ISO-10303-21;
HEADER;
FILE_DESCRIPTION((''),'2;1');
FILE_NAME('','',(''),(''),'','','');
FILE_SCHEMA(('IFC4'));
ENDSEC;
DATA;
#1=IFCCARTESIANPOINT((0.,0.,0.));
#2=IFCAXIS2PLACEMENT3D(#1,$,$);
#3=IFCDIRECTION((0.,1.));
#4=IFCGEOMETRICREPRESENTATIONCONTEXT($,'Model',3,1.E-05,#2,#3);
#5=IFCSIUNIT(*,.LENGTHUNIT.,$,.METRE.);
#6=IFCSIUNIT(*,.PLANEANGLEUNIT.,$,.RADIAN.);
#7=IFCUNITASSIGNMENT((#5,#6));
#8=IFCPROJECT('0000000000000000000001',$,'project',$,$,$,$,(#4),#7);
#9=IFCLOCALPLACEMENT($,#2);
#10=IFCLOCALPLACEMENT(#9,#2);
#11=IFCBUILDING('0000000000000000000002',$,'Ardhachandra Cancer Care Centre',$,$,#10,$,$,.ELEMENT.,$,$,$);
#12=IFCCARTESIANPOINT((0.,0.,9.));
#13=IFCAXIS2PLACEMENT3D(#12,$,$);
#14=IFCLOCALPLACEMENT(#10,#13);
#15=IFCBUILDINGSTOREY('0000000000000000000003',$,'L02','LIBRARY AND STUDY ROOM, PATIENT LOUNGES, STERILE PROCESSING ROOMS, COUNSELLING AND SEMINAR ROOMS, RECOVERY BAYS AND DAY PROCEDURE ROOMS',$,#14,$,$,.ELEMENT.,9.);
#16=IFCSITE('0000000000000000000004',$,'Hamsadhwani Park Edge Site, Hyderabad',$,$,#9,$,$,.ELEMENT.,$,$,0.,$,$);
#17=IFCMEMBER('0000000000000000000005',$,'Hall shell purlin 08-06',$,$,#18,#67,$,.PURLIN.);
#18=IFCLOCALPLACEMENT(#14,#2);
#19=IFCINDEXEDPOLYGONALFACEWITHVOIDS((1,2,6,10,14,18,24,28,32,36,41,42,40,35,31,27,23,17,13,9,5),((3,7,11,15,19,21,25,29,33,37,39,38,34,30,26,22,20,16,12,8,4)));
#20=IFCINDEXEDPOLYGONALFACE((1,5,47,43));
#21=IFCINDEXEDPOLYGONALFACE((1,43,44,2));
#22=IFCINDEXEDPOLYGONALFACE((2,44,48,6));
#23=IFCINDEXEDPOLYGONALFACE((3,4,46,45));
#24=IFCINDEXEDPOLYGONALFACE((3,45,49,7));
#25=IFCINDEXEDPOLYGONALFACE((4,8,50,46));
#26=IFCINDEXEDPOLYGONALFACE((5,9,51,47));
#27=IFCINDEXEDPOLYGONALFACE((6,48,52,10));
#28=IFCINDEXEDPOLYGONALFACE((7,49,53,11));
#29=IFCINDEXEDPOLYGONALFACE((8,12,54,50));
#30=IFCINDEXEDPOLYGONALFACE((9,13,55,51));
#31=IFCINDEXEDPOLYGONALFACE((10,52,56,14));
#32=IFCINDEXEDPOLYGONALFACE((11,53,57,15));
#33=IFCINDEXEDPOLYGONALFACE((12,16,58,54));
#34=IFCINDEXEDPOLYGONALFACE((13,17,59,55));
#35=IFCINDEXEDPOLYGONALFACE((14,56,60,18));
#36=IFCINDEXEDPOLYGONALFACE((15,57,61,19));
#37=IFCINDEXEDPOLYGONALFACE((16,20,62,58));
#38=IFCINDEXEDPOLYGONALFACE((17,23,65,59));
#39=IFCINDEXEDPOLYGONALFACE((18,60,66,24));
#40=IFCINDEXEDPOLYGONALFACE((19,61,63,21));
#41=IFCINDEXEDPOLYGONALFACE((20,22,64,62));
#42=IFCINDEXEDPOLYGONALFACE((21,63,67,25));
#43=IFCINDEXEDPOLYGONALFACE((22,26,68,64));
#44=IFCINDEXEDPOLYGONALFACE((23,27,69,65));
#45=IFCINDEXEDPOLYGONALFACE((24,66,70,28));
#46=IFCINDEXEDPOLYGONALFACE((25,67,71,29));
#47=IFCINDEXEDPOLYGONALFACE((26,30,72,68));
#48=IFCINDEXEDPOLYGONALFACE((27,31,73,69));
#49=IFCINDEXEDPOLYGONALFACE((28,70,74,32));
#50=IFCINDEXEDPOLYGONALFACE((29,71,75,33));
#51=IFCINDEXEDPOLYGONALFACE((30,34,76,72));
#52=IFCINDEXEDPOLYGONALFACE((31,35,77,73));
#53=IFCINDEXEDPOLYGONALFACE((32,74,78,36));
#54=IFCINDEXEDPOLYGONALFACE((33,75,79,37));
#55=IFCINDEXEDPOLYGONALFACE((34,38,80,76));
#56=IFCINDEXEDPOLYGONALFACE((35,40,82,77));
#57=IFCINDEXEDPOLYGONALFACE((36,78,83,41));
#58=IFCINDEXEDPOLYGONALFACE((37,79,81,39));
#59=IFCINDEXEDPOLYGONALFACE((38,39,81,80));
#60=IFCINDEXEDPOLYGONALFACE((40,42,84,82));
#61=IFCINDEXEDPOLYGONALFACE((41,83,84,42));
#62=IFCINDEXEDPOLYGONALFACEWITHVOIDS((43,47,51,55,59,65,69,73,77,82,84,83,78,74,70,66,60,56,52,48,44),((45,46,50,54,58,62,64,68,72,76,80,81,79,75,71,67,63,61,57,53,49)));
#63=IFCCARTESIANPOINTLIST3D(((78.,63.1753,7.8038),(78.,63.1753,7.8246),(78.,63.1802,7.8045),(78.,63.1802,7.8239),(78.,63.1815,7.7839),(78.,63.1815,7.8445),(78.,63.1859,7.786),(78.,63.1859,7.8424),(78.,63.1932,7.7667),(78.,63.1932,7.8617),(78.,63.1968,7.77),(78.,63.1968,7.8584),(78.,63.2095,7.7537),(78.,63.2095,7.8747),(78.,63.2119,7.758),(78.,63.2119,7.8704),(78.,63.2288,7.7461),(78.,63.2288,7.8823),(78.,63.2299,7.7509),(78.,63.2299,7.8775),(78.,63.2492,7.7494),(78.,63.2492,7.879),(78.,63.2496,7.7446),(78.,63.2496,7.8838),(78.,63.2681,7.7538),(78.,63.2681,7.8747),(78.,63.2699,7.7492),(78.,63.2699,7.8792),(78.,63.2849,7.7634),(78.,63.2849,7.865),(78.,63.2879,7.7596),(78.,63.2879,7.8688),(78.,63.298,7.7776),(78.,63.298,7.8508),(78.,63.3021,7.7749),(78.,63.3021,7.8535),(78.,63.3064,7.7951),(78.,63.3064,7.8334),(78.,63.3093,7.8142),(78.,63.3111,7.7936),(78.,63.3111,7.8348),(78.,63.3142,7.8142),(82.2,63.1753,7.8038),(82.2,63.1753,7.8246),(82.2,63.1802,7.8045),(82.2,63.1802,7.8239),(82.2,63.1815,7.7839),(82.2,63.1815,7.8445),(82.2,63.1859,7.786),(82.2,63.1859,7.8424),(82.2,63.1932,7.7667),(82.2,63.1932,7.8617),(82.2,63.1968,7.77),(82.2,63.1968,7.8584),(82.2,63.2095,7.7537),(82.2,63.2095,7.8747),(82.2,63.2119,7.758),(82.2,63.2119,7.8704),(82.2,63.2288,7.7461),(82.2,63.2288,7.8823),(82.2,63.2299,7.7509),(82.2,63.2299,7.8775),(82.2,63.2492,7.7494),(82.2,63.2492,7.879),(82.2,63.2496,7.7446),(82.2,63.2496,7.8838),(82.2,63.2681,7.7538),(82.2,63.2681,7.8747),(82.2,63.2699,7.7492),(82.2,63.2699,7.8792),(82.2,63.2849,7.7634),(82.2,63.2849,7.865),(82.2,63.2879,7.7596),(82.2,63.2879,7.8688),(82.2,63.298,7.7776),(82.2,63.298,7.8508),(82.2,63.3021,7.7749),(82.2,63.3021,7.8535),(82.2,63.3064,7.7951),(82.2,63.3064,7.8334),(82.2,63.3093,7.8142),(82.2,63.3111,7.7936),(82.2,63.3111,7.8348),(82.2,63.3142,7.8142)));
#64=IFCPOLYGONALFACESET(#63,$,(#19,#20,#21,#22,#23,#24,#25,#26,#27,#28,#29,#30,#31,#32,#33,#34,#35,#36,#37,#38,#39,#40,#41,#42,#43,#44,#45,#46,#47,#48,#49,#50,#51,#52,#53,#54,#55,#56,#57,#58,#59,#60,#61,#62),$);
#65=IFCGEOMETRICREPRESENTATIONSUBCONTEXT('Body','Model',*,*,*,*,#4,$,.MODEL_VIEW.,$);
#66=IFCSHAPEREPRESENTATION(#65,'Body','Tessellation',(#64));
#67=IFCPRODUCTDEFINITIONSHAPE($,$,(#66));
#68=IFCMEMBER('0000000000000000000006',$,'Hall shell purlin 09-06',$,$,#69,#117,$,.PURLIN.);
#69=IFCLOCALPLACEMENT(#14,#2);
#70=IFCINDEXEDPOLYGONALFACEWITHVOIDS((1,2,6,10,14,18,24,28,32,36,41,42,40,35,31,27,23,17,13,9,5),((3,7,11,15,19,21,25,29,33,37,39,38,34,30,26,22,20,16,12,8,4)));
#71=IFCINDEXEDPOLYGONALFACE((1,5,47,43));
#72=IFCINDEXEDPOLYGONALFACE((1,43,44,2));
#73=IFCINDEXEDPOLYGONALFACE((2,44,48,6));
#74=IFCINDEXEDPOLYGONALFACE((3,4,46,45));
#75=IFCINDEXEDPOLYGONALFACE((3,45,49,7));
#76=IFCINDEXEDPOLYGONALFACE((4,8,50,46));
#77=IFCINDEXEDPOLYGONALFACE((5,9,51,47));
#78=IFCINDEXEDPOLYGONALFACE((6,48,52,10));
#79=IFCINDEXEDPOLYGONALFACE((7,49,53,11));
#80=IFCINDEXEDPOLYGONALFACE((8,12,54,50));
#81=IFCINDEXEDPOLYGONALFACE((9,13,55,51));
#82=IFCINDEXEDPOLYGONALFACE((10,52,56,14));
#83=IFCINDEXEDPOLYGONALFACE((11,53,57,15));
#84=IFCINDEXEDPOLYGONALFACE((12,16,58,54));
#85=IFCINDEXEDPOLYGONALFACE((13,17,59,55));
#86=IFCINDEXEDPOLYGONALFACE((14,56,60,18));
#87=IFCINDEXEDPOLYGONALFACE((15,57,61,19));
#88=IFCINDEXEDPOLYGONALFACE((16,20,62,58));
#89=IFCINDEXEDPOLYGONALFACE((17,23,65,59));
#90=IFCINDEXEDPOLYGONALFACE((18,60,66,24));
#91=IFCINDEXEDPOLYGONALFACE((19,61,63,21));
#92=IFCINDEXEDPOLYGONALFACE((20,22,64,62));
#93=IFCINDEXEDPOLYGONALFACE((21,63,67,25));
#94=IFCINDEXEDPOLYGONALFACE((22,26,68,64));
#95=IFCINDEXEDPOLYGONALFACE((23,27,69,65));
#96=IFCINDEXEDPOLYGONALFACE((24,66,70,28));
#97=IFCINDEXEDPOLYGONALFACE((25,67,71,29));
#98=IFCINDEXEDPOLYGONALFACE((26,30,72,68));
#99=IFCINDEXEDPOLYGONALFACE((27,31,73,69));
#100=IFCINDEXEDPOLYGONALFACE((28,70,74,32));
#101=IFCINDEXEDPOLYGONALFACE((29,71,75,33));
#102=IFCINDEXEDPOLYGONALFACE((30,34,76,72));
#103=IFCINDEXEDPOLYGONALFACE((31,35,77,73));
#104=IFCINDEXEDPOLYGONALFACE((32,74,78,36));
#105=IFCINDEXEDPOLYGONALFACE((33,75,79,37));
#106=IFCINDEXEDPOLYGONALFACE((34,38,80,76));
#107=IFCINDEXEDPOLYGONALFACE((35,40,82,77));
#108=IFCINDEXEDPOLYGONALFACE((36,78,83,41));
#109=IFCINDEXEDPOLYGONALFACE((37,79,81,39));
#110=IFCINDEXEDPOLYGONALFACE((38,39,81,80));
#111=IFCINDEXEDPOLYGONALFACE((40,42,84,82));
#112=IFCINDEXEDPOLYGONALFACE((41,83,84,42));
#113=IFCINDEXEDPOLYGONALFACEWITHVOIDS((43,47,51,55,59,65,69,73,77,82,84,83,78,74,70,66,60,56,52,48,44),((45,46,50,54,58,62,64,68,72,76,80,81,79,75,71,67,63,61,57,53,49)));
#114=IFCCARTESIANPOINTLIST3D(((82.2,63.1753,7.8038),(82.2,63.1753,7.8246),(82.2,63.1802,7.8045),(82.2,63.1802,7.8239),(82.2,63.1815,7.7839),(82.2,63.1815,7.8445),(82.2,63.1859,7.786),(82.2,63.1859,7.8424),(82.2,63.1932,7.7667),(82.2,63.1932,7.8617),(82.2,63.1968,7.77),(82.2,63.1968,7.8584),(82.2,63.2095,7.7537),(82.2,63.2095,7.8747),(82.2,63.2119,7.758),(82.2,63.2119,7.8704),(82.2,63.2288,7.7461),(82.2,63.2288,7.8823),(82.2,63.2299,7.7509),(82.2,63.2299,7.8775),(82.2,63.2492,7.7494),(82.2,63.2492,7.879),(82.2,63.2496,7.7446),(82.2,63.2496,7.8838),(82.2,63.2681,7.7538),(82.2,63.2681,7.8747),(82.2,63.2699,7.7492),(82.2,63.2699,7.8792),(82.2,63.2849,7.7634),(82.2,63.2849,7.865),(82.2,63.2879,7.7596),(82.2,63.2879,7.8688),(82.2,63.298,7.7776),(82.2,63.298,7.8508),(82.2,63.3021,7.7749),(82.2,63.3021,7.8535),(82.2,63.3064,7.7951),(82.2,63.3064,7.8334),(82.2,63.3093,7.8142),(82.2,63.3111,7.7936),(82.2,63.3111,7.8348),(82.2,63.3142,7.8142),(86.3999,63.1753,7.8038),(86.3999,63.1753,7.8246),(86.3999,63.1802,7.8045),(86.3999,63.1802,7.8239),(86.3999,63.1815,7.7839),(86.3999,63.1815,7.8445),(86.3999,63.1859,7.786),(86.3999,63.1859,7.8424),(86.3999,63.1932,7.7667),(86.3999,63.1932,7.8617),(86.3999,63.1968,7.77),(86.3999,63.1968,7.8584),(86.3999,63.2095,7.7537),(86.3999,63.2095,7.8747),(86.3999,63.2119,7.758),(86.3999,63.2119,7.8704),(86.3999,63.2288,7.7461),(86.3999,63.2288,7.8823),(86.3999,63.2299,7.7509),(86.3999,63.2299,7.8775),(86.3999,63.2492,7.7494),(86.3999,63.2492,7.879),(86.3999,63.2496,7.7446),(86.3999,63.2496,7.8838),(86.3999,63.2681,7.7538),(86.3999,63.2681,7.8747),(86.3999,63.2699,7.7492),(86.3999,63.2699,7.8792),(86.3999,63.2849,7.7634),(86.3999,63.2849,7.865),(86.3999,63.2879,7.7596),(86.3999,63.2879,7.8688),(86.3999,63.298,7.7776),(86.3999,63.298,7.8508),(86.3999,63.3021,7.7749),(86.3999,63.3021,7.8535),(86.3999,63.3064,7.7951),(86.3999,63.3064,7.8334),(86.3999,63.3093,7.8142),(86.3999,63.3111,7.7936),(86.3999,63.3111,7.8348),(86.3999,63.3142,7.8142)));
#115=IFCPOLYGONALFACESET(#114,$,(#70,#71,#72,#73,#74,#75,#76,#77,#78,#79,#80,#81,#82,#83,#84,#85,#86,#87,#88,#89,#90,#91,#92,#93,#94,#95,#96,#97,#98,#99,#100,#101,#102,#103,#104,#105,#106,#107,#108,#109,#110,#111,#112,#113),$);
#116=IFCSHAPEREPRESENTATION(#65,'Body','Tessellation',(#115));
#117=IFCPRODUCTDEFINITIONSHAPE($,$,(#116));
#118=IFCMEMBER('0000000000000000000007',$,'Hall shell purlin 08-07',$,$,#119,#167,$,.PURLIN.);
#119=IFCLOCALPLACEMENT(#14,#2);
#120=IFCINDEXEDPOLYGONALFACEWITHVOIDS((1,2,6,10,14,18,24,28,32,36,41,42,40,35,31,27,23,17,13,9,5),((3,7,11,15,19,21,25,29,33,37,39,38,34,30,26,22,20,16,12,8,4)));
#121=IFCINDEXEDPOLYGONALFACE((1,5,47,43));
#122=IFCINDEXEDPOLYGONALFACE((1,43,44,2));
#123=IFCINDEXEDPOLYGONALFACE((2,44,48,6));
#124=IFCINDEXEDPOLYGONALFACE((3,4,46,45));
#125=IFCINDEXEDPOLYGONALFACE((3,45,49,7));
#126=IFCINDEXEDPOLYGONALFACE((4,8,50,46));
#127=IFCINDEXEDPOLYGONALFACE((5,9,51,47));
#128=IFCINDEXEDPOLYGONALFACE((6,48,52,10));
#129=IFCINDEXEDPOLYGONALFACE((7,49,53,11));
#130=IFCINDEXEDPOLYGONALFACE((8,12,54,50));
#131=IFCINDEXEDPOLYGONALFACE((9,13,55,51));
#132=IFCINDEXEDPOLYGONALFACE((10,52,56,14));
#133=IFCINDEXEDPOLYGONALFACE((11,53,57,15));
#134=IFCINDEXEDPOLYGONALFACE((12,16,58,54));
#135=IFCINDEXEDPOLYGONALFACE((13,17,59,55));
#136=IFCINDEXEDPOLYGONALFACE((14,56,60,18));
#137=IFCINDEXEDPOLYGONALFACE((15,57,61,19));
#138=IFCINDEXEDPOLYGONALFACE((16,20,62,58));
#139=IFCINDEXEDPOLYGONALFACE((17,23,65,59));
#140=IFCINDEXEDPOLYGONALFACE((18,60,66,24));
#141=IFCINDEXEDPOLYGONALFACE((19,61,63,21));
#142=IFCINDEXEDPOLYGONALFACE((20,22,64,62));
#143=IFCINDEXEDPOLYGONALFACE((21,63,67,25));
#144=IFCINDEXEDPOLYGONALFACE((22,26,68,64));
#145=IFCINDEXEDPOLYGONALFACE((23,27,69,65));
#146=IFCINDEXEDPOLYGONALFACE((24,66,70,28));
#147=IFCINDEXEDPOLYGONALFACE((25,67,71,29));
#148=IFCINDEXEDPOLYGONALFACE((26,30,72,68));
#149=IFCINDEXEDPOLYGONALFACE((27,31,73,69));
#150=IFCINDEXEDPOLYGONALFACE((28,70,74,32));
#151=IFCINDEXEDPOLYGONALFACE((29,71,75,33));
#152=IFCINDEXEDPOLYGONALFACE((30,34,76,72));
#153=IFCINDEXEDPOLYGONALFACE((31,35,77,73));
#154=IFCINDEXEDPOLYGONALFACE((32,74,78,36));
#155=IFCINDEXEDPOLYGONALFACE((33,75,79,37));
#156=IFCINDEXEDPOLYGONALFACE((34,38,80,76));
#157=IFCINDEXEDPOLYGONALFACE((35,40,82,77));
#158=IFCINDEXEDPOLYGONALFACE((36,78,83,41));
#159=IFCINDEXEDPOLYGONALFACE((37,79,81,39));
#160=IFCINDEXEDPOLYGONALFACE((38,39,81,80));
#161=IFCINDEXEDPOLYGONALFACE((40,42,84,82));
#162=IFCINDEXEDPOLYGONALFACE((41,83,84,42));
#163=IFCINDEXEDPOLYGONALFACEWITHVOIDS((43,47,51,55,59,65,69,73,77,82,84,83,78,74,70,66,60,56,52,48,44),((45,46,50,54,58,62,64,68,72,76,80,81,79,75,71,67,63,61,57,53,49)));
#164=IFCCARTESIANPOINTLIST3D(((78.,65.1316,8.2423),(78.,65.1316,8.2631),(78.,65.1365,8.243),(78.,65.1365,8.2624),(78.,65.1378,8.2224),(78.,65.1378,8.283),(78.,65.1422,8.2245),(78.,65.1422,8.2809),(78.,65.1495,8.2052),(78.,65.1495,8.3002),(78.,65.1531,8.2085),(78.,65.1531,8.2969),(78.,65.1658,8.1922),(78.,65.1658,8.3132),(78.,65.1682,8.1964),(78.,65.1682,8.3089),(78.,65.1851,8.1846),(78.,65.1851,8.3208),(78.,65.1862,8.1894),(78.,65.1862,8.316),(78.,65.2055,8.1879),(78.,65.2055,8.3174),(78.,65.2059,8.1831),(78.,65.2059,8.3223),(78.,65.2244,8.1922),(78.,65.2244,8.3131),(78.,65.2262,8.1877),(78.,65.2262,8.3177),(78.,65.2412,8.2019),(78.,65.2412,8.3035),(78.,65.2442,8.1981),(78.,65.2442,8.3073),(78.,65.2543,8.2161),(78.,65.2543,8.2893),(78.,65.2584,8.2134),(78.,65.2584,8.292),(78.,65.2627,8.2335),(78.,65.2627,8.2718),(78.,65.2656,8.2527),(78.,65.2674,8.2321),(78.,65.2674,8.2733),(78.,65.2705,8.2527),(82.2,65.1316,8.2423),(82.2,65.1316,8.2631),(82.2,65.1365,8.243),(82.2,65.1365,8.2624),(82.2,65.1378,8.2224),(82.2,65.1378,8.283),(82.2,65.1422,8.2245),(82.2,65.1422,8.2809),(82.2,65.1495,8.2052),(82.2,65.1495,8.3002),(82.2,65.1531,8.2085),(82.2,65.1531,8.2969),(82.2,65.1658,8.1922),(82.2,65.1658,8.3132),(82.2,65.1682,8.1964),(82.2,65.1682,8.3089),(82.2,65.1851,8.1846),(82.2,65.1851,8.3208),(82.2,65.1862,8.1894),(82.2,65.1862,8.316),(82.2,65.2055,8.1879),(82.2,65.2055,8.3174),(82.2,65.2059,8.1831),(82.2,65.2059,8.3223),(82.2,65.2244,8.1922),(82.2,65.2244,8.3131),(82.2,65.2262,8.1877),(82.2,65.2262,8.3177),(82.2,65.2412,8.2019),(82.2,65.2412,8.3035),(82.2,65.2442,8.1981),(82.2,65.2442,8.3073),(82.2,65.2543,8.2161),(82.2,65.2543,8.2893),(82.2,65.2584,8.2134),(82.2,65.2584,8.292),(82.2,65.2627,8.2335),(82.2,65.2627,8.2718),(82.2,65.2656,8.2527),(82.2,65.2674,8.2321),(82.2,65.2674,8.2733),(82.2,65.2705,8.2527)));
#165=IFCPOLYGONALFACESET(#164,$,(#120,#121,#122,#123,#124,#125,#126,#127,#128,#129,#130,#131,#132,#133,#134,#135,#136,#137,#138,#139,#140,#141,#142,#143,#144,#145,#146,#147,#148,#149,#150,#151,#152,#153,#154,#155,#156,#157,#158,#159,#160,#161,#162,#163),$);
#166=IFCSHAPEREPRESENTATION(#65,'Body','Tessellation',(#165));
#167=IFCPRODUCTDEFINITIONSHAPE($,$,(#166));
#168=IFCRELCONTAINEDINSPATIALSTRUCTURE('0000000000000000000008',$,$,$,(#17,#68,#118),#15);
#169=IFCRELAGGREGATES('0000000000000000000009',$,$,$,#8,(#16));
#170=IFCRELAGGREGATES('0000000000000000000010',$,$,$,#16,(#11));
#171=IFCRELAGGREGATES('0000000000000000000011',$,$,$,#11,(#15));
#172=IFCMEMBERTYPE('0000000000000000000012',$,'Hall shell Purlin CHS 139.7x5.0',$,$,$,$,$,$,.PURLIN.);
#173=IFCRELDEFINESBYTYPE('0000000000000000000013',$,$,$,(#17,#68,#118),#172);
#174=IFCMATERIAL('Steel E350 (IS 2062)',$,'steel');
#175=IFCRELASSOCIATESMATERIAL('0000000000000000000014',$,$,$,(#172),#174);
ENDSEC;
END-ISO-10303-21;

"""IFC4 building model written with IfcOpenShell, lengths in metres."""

from ifc_helpers import new_model, si_unit, direction, frame, origin, origin_2d, place, context, subcontext, project, spatial, hollow_circle, extrude, material, material_profile, profile_set, type_object, element, save


model = new_model("IFC4")

# Units and contexts
model_context = context("Model", 3, precision=1e-05, world=origin(), true_north=direction((0.0, 1.0)))
body_context = subcontext(model_context, "Body", "Model", "MODEL_VIEW")
ifc_project = project(units=[si_unit("LENGTHUNIT", "METRE"), si_unit("PLANEANGLEUNIT", "RADIAN")], contexts=[model_context])

# Site, building, storey
site_placement = place(None, origin())
site = spatial("IfcSite", under=ifc_project, at=site_placement, Name="Hamsadhwani Park Edge Site, Hyderabad", CompositionType="ELEMENT", RefElevation=0.0)
building_placement = place(site_placement, origin())
building = spatial("IfcBuilding", under=site, at=building_placement, Name="Ardhachandra Cancer Care Centre", CompositionType="ELEMENT")
storey_placement = place(building_placement, frame((0.0, 0.0, 9.0)))
storey = spatial("IfcBuildingStorey", under=building, at=storey_placement, Name="L02", Description="LIBRARY AND STUDY ROOM, PATIENT LOUNGES, STERILE PROCESSING ROOMS, COUNSELLING AND SEMINAR ROOMS, RECOVERY BAYS AND DAY PROCEDURE ROOMS", CompositionType="ELEMENT", Elevation=9.0)

# Members
ifc_material_1 = material(Name="Steel E350 (IS 2062)", Category="steel")
ifc_material_profile_1 = material_profile(ifc_material_1, hollow_circle(Radius=0.0698, WallThickness=0.0049, at=origin_2d()), Name="CHS 139.7x5.0")
ifc_profile_set_1 = profile_set([ifc_material_profile_1], Name="Steel E350 (IS 2062)")
member_type_1 = type_object("IfcMemberType", Name="Hall shell Purlin CHS 139.7x5.0", PredefinedType="PURLIN", material=ifc_profile_set_1)
for number, where, z_axis, x_axis, name in (
    (1, (78.0, 63.2444, 7.8142), (1.0, 0.0, 0.0), (0.0, 1.0, 0.0), "Hall shell purlin 08-06"),
    (2, (82.2, 63.2444, 7.8142), (1.0, 0.0, 0.0), (0.0, 1.0, 0.0), "Hall shell purlin 09-06"),
    (3, (78.0, 65.2007, 8.2527), (1.0, 0.0, 0.0), (0.0, 1.0, 0.0), "Hall shell purlin 08-07"),
):
    element("IfcMember", number, at=place(storey_placement, frame(where, z_axis=z_axis, x_axis=x_axis)), inside=storey, type_object=member_type_1, Name=name, PredefinedType="PURLIN", context=body_context, shape_type="SweptSolid", body=[
        extrude(hollow_circle(Radius=0.0698, WallThickness=0.0049, at=origin_2d()), origin(), (0.0, 0.0, 1.0), 4.2),
    ])

save(model, "model.ifc")
